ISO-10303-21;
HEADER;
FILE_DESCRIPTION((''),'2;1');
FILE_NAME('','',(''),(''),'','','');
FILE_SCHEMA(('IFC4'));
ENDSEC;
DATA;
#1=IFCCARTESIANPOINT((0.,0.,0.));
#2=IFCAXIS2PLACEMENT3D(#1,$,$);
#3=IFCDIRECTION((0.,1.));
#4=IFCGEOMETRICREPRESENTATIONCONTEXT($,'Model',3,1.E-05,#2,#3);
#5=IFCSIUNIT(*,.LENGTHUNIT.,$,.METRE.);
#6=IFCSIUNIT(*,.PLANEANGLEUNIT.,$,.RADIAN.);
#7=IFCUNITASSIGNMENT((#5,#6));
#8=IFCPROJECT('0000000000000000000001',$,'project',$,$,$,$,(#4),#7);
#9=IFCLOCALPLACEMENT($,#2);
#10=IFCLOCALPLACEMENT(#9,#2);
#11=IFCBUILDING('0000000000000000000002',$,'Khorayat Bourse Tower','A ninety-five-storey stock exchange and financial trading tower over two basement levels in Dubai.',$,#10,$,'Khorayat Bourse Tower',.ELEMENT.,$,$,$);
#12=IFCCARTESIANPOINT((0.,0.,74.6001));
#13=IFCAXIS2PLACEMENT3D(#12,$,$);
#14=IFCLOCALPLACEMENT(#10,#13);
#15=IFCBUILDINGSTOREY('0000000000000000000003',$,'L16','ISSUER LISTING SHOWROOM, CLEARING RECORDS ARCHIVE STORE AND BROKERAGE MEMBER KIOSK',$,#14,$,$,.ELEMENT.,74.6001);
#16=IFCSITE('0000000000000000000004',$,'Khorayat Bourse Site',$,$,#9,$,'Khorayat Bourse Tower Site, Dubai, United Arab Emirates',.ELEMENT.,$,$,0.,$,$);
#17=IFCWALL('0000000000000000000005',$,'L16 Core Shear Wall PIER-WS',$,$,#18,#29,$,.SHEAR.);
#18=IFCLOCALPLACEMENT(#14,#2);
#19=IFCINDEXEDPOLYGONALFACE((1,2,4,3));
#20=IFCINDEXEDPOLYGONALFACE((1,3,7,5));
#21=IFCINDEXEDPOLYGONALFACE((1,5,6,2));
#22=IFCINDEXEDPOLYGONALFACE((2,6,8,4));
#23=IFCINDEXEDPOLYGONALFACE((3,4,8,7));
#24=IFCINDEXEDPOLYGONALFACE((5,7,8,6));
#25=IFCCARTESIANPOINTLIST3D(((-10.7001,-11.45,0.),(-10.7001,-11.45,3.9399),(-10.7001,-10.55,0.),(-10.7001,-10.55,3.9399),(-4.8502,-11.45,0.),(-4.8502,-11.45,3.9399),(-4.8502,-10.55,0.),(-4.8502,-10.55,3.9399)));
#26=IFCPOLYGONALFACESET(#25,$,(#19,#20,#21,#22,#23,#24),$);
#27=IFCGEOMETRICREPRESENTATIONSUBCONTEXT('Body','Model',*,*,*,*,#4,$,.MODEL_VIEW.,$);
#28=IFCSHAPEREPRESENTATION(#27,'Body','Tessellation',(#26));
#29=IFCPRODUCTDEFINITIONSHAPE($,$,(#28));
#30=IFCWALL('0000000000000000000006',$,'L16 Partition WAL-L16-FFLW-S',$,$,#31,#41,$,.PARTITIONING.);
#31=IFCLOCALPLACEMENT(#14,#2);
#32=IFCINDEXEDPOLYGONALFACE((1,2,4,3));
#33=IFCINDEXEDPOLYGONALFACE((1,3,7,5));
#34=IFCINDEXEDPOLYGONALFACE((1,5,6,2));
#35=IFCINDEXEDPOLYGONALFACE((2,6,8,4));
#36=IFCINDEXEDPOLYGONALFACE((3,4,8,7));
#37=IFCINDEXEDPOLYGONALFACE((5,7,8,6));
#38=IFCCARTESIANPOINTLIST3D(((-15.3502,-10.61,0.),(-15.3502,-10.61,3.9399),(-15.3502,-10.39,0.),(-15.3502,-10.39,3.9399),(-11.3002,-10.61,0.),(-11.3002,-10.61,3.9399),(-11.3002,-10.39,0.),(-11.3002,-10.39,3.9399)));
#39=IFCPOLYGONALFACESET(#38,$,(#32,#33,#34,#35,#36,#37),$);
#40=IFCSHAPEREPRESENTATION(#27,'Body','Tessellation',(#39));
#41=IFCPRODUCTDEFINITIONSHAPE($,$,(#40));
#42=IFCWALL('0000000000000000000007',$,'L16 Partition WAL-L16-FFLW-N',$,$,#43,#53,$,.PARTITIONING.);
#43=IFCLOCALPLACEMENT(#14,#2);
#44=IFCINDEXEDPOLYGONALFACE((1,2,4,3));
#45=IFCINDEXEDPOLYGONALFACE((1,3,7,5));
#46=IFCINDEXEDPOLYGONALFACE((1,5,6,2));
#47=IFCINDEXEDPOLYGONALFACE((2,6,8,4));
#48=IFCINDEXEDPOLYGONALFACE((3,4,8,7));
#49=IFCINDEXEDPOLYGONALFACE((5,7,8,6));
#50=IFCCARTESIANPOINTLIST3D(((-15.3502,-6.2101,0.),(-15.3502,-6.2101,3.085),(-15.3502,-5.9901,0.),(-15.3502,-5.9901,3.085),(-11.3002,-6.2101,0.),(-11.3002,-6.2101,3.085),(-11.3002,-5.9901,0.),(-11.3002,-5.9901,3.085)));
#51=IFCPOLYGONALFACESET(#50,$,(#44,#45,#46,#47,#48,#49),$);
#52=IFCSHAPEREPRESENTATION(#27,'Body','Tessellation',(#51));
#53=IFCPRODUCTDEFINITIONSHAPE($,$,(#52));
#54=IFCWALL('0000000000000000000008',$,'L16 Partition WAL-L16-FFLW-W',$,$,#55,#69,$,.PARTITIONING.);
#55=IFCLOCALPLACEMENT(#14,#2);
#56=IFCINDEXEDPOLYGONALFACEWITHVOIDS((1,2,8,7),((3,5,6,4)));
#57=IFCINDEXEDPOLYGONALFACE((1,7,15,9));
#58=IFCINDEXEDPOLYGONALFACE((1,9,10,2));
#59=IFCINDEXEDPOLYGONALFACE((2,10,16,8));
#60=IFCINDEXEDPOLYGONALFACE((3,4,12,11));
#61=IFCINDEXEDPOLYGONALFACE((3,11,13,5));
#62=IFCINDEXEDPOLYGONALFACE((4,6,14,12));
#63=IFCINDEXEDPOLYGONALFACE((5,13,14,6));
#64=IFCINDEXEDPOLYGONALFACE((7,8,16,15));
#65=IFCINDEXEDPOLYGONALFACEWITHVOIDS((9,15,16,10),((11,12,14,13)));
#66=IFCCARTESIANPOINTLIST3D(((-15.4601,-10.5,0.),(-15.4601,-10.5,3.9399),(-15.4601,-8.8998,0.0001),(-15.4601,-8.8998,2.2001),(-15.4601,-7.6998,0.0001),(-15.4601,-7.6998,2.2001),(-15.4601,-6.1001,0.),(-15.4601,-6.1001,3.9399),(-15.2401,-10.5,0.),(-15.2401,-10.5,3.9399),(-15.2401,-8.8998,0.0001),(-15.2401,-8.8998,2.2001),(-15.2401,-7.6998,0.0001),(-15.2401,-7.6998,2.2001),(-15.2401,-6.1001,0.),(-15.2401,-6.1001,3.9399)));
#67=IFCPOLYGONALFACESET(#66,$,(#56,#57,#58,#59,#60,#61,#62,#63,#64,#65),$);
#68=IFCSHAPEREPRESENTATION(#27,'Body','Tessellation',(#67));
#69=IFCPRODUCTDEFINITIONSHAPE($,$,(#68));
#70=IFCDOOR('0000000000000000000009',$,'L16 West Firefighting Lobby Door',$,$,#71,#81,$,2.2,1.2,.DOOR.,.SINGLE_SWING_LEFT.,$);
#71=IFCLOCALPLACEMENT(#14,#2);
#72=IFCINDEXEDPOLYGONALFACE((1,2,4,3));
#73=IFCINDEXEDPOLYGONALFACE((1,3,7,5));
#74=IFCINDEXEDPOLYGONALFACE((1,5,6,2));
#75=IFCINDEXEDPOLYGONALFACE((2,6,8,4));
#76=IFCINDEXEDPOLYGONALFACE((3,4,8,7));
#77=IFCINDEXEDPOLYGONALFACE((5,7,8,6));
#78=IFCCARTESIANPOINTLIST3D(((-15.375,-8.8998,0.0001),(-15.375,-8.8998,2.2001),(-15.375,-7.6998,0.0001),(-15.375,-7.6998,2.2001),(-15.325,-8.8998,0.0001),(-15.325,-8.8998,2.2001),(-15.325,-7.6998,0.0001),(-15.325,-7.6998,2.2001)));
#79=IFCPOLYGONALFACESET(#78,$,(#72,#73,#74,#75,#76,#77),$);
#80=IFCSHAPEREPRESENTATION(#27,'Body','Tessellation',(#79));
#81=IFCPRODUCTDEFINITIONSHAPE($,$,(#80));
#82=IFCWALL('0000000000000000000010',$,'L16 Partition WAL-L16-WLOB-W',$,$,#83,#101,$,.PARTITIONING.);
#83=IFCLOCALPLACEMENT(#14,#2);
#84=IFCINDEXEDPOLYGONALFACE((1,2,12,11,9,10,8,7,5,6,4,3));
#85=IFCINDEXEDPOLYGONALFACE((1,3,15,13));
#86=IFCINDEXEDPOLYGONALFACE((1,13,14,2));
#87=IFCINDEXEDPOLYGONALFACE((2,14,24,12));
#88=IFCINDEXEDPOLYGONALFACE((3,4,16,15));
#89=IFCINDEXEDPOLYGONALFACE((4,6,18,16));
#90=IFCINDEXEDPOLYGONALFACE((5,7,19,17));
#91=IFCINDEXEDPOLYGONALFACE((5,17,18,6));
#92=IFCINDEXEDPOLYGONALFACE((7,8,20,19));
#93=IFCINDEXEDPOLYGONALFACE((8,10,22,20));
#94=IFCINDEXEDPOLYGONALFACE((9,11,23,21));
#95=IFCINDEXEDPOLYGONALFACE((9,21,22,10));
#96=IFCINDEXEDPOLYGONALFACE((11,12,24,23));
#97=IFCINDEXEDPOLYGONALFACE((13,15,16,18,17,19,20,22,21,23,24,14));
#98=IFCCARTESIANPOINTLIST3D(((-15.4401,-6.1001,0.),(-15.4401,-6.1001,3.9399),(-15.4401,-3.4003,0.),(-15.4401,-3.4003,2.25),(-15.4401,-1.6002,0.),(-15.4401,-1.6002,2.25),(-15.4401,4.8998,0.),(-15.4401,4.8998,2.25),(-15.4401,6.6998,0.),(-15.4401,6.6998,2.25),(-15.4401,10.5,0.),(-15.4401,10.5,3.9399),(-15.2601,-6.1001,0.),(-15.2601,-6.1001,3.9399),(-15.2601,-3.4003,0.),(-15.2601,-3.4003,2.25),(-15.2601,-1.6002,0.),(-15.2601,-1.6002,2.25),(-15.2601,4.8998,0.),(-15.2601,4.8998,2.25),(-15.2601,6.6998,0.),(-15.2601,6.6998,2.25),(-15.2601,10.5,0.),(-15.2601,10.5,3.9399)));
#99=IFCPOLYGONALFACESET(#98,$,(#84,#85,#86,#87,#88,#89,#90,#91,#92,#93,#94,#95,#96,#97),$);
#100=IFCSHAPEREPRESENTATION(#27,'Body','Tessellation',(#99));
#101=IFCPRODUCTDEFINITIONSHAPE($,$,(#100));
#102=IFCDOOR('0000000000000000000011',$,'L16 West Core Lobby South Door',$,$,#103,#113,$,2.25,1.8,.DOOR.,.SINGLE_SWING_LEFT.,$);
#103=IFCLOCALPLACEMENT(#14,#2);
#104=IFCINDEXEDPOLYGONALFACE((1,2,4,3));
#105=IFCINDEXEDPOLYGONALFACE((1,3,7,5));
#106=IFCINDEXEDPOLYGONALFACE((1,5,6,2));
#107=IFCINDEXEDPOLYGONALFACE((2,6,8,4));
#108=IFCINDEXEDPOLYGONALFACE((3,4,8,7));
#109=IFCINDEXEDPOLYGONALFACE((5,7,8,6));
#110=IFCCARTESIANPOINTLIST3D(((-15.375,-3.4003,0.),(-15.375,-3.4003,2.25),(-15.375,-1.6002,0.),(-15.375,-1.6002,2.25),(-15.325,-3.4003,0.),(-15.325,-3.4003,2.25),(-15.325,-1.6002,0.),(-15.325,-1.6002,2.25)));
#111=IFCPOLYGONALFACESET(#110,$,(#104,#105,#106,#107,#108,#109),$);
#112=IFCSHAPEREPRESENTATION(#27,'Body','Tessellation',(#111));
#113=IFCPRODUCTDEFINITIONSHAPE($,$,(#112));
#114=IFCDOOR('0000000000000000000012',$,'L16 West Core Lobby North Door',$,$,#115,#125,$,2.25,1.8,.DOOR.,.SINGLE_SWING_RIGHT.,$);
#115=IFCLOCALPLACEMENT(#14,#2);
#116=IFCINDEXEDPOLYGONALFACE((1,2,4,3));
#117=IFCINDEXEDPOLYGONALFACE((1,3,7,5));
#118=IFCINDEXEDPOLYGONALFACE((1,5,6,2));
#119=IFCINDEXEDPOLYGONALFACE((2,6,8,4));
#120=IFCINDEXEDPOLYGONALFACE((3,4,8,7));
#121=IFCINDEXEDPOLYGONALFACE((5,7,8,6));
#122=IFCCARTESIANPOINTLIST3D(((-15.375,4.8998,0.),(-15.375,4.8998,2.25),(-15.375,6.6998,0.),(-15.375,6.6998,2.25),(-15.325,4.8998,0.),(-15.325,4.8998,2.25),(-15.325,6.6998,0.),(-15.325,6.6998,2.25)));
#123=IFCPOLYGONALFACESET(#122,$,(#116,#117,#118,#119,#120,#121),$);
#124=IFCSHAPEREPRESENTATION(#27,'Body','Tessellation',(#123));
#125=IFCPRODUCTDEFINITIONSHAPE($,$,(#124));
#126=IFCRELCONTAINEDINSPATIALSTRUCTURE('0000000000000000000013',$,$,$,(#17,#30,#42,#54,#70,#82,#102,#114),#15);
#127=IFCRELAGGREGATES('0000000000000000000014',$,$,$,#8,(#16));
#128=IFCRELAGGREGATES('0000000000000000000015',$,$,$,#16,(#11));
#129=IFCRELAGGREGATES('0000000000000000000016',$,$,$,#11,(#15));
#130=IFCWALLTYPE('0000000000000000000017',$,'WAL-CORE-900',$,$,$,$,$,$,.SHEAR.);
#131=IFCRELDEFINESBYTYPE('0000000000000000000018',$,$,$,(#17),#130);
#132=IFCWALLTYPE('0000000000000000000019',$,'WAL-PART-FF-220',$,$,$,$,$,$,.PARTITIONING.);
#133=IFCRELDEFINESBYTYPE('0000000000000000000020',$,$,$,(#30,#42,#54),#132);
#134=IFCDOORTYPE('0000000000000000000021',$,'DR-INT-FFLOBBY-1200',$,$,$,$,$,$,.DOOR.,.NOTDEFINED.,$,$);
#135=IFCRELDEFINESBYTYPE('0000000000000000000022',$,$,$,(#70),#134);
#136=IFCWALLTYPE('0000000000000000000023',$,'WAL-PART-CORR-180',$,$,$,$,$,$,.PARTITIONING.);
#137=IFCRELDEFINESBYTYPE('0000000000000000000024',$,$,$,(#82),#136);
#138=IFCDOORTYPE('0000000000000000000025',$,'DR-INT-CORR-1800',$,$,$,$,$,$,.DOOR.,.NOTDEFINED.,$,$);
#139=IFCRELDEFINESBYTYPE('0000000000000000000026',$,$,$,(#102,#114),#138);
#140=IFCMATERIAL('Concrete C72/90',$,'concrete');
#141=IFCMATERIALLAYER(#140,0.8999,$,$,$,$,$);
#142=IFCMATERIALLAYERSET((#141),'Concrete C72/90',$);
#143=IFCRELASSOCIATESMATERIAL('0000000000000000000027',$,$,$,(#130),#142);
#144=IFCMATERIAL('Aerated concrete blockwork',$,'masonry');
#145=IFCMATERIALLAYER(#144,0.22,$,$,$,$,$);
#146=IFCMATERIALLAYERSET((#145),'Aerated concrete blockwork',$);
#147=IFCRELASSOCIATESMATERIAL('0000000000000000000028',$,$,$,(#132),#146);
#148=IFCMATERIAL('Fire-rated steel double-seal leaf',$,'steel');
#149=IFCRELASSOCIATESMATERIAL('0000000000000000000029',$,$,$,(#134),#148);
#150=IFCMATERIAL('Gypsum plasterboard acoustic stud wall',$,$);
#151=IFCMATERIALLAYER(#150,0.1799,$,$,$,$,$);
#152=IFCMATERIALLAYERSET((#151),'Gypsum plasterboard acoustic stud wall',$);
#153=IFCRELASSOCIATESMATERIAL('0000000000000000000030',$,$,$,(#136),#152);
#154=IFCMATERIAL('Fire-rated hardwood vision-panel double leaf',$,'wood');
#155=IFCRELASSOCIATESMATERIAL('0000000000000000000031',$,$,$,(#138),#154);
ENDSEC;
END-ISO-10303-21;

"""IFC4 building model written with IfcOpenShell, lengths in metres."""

from ifc_helpers import new_model, si_unit, direction, frame, frame_2d, origin, place, context, subcontext, project, spatial, rectangle, extrude, source, transform, mapped, material, layer, layer_set, type_object, element, fill, save


model = new_model("IFC4")

# Units and contexts
model_context = context("Model", 3, precision=1e-05, world=origin(), true_north=direction((0.0, 1.0)))
body_context = subcontext(model_context, "Body", "Model", "MODEL_VIEW")
ifc_project = project(units=[si_unit("LENGTHUNIT", "METRE"), si_unit("PLANEANGLEUNIT", "RADIAN")], contexts=[model_context])

# Site, building, storey
site_placement = place(None, origin())
site = spatial("IfcSite", under=ifc_project, at=site_placement, Name="Khorayat Bourse Site", LongName="Khorayat Bourse Tower Site, Dubai, United Arab Emirates", CompositionType="ELEMENT", RefElevation=0.0)
building_placement = place(site_placement, origin())
building = spatial("IfcBuilding", under=site, at=building_placement, Name="Khorayat Bourse Tower", Description="A ninety-five-storey stock exchange and financial trading tower over two basement levels in Dubai.", LongName="Khorayat Bourse Tower", CompositionType="ELEMENT")
storey_placement = place(building_placement, frame((0.0, 0.0, 74.6001)))
storey = spatial("IfcBuildingStorey", under=building, at=storey_placement, Name="L16", Description="ISSUER LISTING SHOWROOM, CLEARING RECORDS ARCHIVE STORE AND BROKERAGE MEMBER KIOSK", CompositionType="ELEMENT", Elevation=74.6001)

# Shared definitions
ifc_material_1 = material(Name="Concrete C72/90", Category="concrete")

# Walls
ifc_layer_1 = layer(ifc_material_1, 0.8999)
ifc_layer_set_1 = layer_set([ifc_layer_1], Name="Concrete C72/90")
wall_type_1 = type_object("IfcWallType", Name="WAL-CORE-900", PredefinedType="SHEAR", material=ifc_layer_set_1)
shared_shape_1 = source(origin(), body_context, "Body", "SweptSolid", [
    extrude(rectangle(XDim=5.8499, YDim=0.8999, at=frame_2d((2.9248, 0.0))), origin(), (0.0, 0.0, 1.0), 3.9399),
])
wall_1_placement = place(storey_placement, frame((-10.7, -11.0, 0.0), z_axis=(0.0, 0.0, 1.0), x_axis=(1.0, 0.0, 0.0)))
element("IfcWall", 1, at=wall_1_placement, inside=storey, type_object=wall_type_1, Name="L16 Core Shear Wall PIER-WS", PredefinedType="SHEAR", context=body_context, shape_type="MappedRepresentation", body=[
    mapped(shared_shape_1, transform((0.0, 0.0, 0.0), scale=1.0)),
])
ifc_material_2 = material(Name="Aerated concrete blockwork", Category="masonry")
ifc_layer_2 = layer(ifc_material_2, 0.22)
ifc_layer_set_2 = layer_set([ifc_layer_2], Name="Aerated concrete blockwork")
wall_type_2 = type_object("IfcWallType", Name="WAL-PART-FF-220", PredefinedType="PARTITIONING", material=ifc_layer_set_2)
shared_shape_2 = source(origin(), body_context, "Body", "SweptSolid", [
    extrude(rectangle(XDim=4.05, YDim=0.22, at=frame_2d((2.0249, 0.0))), origin(), (0.0, 0.0, 1.0), 3.9399),
])
wall_2_placement = place(storey_placement, frame((-15.3501, -10.5, 0.0), z_axis=(0.0, 0.0, 1.0), x_axis=(1.0, 0.0, 0.0)))
element("IfcWall", 2, at=wall_2_placement, inside=storey, type_object=wall_type_2, Name="L16 Partition WAL-L16-FFLW-S", PredefinedType="PARTITIONING", context=body_context, shape_type="MappedRepresentation", body=[
    mapped(shared_shape_2, transform((0.0, 0.0, 0.0), scale=1.0)),
])
shared_shape_3 = source(origin(), body_context, "Body", "SweptSolid", [
    extrude(rectangle(XDim=4.05, YDim=0.22, at=frame_2d((2.0249, 0.0))), origin(), (0.0, 0.0, 1.0), 3.085),
])
wall_3_placement = place(storey_placement, frame((-15.3501, -6.1001, 0.0), z_axis=(0.0, 0.0, 1.0), x_axis=(1.0, 0.0, 0.0)))
element("IfcWall", 3, at=wall_3_placement, inside=storey, type_object=wall_type_2, Name="L16 Partition WAL-L16-FFLW-N", PredefinedType="PARTITIONING", context=body_context, shape_type="MappedRepresentation", body=[
    mapped(shared_shape_3, transform((0.0, 0.0, 0.0), scale=1.0)),
])

# Wall, opening, door
shared_shape_4 = source(origin(), body_context, "Body", "SweptSolid", [
    extrude(rectangle(XDim=4.3999, YDim=0.22, at=frame_2d((2.2, 0.0))), origin(), (0.0, 0.0, 1.0), 3.9399),
])
wall_4_placement = place(storey_placement, frame((-15.3501, -10.5, 0.0), z_axis=(0.0, 0.0, 1.0), x_axis=(0.0, 1.0, 0.0)))
wall_4 = element("IfcWall", 4, at=wall_4_placement, inside=storey, type_object=wall_type_2, Name="L16 Partition WAL-L16-FFLW-W", PredefinedType="PARTITIONING", context=body_context, shape_type="MappedRepresentation", body=[
    mapped(shared_shape_4, transform((0.0, 0.0, 0.0), scale=1.0)),
])
shared_shape_5 = source(origin(), body_context, "Body", "SweptSolid", [
    extrude(rectangle(XDim=1.2, YDim=2.2, at=frame_2d((0.6001, 1.1001))), frame((0.0, 0.1199, 0.0), z_axis=(0.0, -1.0, 0.0), x_axis=(1.0, 0.0, 0.0)), (0.0, 0.0, 1.0), 0.24),
])
opening_1_placement = place(wall_4_placement, frame((1.6001, 0.0, 0.0)))
opening_1 = element("IfcOpeningElement", 5, at=opening_1_placement, cuts=wall_4, PredefinedType="OPENING", context=body_context, shape_type="MappedRepresentation", body=[
    mapped(shared_shape_5, transform((0.0, 0.0, 0.0), scale=1.0)),
])
ifc_material_3 = material(Name="Fire-rated steel double-seal leaf", Category="steel")
door_type_1 = type_object("IfcDoorType", Name="DR-INT-FFLOBBY-1200", OperationType="NOTDEFINED", PredefinedType="DOOR", material=ifc_material_3)
shared_shape_6 = source(origin(), body_context, "Body", "SweptSolid", [
    extrude(rectangle(XDim=1.2, YDim=2.2, at=frame_2d((0.6001, 1.1001))), frame((0.0, 0.0249, 0.0), z_axis=(0.0, -1.0, 0.0), x_axis=(1.0, 0.0, 0.0)), (0.0, 0.0, 1.0), 0.05),
])
door_1_placement = place(opening_1_placement, origin())
door_1 = element("IfcDoor", 6, at=door_1_placement, inside=storey, type_object=door_type_1, Name="L16 West Firefighting Lobby Door", OperationType="SINGLE_SWING_LEFT", OverallHeight=2.2, OverallWidth=1.2, PredefinedType="DOOR", context=body_context, shape_type="MappedRepresentation", body=[
    mapped(shared_shape_6, transform((0.0, 0.0, 0.0), scale=1.0)),
])
fill(opening_1, door_1)

# Wall, openings, doors
ifc_material_4 = material(Name="Gypsum plasterboard acoustic stud wall")
ifc_layer_3 = layer(ifc_material_4, 0.1799)
ifc_layer_set_3 = layer_set([ifc_layer_3], Name="Gypsum plasterboard acoustic stud wall")
wall_type_3 = type_object("IfcWallType", Name="WAL-PART-CORR-180", PredefinedType="PARTITIONING", material=ifc_layer_set_3)
shared_shape_7 = source(origin(), body_context, "Body", "SweptSolid", [
    extrude(rectangle(XDim=16.6001, YDim=0.1799, at=frame_2d((8.3, 0.0))), origin(), (0.0, 0.0, 1.0), 3.9399),
])
wall_5_placement = place(storey_placement, frame((-15.3501, -6.1001, 0.0), z_axis=(0.0, 0.0, 1.0), x_axis=(0.0, 1.0, 0.0)))
wall_5 = element("IfcWall", 7, at=wall_5_placement, inside=storey, type_object=wall_type_3, Name="L16 Partition WAL-L16-WLOB-W", PredefinedType="PARTITIONING", context=body_context, shape_type="MappedRepresentation", body=[
    mapped(shared_shape_7, transform((0.0, 0.0, 0.0), scale=1.0)),
])
shared_shape_8 = source(origin(), body_context, "Body", "SweptSolid", [
    extrude(rectangle(XDim=1.8, YDim=2.25, at=frame_2d((0.8999, 1.125))), frame((0.0, 0.0999, 0.0), z_axis=(0.0, -1.0, 0.0), x_axis=(1.0, 0.0, 0.0)), (0.0, 0.0, 1.0), 0.2),
])
opening_2_placement = place(wall_5_placement, frame((2.7, 0.0, 0.0)))
opening_2 = element("IfcOpeningElement", 8, at=opening_2_placement, cuts=wall_5, PredefinedType="OPENING", context=body_context, shape_type="MappedRepresentation", body=[
    mapped(shared_shape_8, transform((0.0, 0.0, 0.0), scale=1.0)),
])
opening_3_placement = place(wall_5_placement, frame((11.0, 0.0, 0.0)))
opening_3 = element("IfcOpeningElement", 9, at=opening_3_placement, cuts=wall_5, PredefinedType="OPENING", context=body_context, shape_type="MappedRepresentation", body=[
    mapped(shared_shape_8, transform((0.0, 0.0, 0.0), scale=1.0)),
])
ifc_material_5 = material(Name="Fire-rated hardwood vision-panel double leaf", Category="wood")
door_type_2 = type_object("IfcDoorType", Name="DR-INT-CORR-1800", OperationType="NOTDEFINED", PredefinedType="DOOR", material=ifc_material_5)
shared_shape_9 = source(origin(), body_context, "Body", "SweptSolid", [
    extrude(rectangle(XDim=1.8, YDim=2.25, at=frame_2d((0.8999, 1.125))), frame((0.0, 0.0249, 0.0), z_axis=(0.0, -1.0, 0.0), x_axis=(1.0, 0.0, 0.0)), (0.0, 0.0, 1.0), 0.05),
])
door_2_placement = place(opening_2_placement, origin())
door_2 = element("IfcDoor", 10, at=door_2_placement, inside=storey, type_object=door_type_2, Name="L16 West Core Lobby South Door", OperationType="SINGLE_SWING_LEFT", OverallHeight=2.25, OverallWidth=1.8, PredefinedType="DOOR", context=body_context, shape_type="MappedRepresentation", body=[
    mapped(shared_shape_9, transform((0.0, 0.0, 0.0), scale=1.0)),
])
fill(opening_2, door_2)
door_3_placement = place(opening_3_placement, origin())
door_3 = element("IfcDoor", 11, at=door_3_placement, inside=storey, type_object=door_type_2, Name="L16 West Core Lobby North Door", OperationType="SINGLE_SWING_RIGHT", OverallHeight=2.25, OverallWidth=1.8, PredefinedType="DOOR", context=body_context, shape_type="MappedRepresentation", body=[
    mapped(shared_shape_9, transform((0.0, 0.0, 0.0), scale=1.0)),
])
fill(opening_3, door_3)

save(model, "model.ifc")
